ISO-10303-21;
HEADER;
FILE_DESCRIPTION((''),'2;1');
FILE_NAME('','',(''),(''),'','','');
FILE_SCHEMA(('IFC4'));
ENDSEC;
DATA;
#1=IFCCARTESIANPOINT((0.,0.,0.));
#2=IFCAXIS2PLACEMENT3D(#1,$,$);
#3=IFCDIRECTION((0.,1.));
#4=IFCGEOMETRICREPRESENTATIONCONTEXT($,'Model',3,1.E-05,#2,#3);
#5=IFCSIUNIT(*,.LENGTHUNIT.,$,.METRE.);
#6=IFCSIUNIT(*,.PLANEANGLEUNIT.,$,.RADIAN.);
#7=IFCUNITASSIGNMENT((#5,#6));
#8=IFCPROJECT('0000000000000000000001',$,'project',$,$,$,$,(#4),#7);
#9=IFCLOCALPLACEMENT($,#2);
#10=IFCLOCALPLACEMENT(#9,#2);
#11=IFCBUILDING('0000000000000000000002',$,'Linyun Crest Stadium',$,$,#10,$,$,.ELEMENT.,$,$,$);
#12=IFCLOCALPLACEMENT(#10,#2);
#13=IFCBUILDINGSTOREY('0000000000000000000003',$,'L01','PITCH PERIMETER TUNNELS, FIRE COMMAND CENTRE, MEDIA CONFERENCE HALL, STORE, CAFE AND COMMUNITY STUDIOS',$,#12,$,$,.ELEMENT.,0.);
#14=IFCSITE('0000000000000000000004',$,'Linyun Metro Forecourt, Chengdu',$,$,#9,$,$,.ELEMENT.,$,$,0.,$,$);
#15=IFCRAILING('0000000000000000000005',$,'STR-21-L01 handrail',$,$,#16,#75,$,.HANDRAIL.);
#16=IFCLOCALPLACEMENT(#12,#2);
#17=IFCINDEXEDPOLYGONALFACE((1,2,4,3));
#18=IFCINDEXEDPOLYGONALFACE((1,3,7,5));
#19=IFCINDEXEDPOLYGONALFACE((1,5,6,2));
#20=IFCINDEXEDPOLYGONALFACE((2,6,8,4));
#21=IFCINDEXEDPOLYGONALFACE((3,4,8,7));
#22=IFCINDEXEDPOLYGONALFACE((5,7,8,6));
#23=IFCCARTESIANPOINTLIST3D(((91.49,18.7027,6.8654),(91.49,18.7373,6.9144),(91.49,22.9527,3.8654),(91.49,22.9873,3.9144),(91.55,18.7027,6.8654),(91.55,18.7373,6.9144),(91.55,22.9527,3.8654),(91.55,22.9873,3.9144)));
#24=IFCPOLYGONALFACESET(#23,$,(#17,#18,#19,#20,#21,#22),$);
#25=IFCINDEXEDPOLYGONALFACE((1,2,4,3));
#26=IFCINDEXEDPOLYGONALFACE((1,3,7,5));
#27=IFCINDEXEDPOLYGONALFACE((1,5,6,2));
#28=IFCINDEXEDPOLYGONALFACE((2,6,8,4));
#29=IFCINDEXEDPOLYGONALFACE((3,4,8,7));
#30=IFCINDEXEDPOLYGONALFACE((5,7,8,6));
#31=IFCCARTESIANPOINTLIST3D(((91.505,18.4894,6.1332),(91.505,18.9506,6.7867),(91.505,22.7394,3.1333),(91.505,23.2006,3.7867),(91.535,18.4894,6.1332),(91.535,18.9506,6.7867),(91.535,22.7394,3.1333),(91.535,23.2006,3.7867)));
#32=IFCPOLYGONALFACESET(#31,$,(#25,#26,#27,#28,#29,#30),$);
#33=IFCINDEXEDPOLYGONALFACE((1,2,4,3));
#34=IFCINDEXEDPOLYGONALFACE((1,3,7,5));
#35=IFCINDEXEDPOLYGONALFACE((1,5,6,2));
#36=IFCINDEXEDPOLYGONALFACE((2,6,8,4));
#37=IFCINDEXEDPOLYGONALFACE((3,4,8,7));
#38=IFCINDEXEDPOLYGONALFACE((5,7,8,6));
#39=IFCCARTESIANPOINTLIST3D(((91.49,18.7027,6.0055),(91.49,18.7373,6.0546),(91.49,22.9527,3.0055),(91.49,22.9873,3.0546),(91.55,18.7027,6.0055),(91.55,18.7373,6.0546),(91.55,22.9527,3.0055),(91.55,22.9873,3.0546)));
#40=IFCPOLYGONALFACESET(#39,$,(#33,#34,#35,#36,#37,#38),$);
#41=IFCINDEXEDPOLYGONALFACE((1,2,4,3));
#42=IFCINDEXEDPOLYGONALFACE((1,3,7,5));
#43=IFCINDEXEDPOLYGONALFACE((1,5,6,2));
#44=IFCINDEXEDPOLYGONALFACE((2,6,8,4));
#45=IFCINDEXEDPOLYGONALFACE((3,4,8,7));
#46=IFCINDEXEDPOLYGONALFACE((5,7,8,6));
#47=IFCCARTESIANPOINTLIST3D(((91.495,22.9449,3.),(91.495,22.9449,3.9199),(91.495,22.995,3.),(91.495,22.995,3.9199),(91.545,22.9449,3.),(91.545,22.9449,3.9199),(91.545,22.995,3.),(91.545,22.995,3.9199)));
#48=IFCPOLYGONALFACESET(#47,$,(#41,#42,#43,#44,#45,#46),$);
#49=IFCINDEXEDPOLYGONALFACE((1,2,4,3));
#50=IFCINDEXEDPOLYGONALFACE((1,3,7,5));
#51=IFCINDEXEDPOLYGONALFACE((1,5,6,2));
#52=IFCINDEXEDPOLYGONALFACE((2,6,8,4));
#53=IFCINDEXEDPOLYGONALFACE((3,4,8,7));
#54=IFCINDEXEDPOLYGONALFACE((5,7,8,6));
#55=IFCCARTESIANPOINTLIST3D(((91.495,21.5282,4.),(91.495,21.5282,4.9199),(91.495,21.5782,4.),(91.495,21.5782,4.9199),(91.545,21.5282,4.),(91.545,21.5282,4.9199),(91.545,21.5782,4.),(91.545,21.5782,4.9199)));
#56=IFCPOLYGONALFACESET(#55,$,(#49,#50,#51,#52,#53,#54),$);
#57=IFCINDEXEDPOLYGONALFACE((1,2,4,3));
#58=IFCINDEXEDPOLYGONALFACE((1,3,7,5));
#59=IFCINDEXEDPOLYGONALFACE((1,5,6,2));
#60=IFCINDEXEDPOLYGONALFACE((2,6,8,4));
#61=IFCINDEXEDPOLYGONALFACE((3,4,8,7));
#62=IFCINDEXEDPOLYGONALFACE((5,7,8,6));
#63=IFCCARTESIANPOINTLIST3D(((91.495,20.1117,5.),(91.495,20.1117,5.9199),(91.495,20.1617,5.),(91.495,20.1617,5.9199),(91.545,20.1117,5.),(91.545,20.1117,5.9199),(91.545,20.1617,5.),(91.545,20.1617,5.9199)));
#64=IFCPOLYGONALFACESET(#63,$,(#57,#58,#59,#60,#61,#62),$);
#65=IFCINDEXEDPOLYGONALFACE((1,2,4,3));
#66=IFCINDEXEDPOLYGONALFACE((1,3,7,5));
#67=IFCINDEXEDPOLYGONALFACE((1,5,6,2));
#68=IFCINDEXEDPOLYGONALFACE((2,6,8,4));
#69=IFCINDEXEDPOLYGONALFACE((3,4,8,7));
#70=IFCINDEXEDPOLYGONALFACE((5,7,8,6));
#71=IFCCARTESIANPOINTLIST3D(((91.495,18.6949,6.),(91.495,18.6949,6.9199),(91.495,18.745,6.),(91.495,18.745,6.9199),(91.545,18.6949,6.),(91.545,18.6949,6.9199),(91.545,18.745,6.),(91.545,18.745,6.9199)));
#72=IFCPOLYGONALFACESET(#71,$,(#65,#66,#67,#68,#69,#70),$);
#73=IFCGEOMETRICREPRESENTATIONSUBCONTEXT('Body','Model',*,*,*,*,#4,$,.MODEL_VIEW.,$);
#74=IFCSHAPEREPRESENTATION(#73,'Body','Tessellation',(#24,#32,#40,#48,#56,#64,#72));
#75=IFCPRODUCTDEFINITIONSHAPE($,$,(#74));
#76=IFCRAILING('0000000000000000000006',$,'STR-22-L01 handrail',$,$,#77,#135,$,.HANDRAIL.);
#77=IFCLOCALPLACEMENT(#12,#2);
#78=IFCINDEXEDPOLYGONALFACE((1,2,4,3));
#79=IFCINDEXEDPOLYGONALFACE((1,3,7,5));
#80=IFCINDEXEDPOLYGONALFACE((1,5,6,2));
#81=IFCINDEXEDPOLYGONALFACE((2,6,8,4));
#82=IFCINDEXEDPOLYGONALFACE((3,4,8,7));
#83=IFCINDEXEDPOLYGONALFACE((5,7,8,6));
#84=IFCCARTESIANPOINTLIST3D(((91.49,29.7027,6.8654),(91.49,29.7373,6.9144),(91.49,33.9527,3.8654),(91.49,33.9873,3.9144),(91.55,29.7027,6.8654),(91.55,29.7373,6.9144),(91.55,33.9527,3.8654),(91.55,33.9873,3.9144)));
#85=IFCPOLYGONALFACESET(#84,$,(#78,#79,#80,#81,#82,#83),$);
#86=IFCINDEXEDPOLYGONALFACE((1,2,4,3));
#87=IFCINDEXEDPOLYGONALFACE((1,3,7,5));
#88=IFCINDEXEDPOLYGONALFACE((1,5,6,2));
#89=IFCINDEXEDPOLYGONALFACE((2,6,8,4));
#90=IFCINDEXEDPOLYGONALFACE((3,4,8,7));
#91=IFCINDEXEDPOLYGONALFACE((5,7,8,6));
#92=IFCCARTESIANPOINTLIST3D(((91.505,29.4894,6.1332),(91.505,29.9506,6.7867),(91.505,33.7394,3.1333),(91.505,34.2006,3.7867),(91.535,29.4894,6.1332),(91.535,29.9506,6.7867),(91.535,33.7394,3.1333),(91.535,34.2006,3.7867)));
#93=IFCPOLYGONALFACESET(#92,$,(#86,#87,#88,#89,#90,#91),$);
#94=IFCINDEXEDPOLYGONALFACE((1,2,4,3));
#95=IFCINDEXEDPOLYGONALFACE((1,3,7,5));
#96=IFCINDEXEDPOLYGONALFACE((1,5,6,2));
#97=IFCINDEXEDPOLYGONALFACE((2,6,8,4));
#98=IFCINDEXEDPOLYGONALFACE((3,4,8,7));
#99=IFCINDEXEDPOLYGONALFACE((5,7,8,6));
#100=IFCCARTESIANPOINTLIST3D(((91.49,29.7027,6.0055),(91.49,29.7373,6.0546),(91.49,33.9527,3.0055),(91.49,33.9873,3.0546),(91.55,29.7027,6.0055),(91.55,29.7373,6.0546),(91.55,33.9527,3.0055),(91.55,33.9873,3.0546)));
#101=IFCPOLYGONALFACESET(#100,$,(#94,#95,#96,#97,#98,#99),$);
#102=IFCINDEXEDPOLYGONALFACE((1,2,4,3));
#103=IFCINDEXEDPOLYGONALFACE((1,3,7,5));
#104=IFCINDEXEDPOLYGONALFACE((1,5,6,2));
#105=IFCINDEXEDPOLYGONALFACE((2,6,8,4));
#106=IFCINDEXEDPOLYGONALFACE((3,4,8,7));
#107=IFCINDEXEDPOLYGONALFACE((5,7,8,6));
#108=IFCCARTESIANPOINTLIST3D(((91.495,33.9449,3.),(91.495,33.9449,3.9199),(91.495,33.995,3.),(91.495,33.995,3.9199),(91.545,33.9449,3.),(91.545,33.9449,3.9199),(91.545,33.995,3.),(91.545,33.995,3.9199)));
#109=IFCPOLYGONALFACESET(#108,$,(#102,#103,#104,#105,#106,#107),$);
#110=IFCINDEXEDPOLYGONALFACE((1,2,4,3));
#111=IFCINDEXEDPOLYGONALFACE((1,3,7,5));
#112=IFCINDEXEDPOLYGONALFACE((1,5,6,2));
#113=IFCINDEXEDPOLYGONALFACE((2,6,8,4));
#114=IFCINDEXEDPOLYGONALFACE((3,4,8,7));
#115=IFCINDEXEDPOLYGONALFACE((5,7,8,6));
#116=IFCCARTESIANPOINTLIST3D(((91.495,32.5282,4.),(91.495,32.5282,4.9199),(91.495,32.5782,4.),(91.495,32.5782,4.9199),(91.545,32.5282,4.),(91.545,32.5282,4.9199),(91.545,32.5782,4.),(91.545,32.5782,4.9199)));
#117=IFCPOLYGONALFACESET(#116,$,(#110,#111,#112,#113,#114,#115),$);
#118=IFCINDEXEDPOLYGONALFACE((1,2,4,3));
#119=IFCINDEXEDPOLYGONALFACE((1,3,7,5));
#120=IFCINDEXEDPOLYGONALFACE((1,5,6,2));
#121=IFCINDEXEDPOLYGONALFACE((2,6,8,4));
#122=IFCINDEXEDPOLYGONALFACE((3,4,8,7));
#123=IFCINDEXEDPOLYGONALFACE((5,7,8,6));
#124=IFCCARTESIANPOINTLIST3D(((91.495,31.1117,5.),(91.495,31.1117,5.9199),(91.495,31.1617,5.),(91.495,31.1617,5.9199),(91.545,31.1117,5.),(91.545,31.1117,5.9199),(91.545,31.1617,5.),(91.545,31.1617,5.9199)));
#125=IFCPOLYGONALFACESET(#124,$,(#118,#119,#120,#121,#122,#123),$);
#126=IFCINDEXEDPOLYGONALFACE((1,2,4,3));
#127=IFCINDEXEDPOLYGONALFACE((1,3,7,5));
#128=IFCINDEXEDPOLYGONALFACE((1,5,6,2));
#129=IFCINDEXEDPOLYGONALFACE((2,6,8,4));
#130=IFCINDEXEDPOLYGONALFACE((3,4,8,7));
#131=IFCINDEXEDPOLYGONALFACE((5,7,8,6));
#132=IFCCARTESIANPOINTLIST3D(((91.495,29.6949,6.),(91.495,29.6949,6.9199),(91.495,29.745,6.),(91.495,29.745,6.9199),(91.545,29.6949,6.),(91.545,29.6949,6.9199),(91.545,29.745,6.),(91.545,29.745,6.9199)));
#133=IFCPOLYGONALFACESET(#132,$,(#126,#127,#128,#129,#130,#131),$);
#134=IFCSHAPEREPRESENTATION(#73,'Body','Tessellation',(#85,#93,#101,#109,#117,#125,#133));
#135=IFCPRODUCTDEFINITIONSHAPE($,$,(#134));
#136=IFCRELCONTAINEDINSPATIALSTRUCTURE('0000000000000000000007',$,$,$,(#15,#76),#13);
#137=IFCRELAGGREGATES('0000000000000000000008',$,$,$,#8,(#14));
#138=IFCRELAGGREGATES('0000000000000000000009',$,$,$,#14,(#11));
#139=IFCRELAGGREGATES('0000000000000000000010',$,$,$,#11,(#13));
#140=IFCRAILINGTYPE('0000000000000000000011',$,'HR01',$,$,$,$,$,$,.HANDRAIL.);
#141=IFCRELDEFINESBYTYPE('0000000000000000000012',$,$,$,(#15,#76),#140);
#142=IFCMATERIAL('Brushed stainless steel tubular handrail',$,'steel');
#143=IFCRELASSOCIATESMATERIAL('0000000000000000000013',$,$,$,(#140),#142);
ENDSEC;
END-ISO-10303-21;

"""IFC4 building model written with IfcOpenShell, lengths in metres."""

from ifc_helpers import new_model, si_unit, direction, frame, origin, origin_2d, place, context, subcontext, project, spatial, rectangle, extrude, material, type_object, element, save


model = new_model("IFC4")

# Units and contexts
model_context = context("Model", 3, precision=1e-05, world=origin(), true_north=direction((0.0, 1.0)))
body_context = subcontext(model_context, "Body", "Model", "MODEL_VIEW")
ifc_project = project(units=[si_unit("LENGTHUNIT", "METRE"), si_unit("PLANEANGLEUNIT", "RADIAN")], contexts=[model_context])

# Site, building, storey
site_placement = place(None, origin())
site = spatial("IfcSite", under=ifc_project, at=site_placement, Name="Linyun Metro Forecourt, Chengdu", CompositionType="ELEMENT", RefElevation=0.0)
building_placement = place(site_placement, origin())
building = spatial("IfcBuilding", under=site, at=building_placement, Name="Linyun Crest Stadium", CompositionType="ELEMENT")
storey_placement = place(building_placement, origin())
storey = spatial("IfcBuildingStorey", under=building, at=storey_placement, Name="L01", Description="PITCH PERIMETER TUNNELS, FIRE COMMAND CENTRE, MEDIA CONFERENCE HALL, STORE, CAFE AND COMMUNITY STUDIOS", CompositionType="ELEMENT", Elevation=0.0)

# Railings
ifc_material_1 = material(Name="Brushed stainless steel tubular handrail", Category="steel")
railing_type_1 = type_object("IfcRailingType", Name="HR01", PredefinedType="HANDRAIL", material=ifc_material_1)
for number, where, name in (
    (1, (91.52, 22.97, 3.0), "STR-21-L01 handrail"),
    (2, (91.52, 33.97, 3.0), "STR-22-L01 handrail"),
):
    element("IfcRailing", number, at=place(storey_placement, frame(where)), inside=storey, type_object=railing_type_1, Name=name, PredefinedType="HANDRAIL", context=body_context, shape_type="SweptSolid", body=[
        extrude(rectangle(XDim=0.0601, YDim=0.0601, at=origin_2d()), frame((0.0, 0.0, 0.8899), z_axis=(0.0, -0.816968, 0.576683), x_axis=(1.0, 0.0, 0.0)), (0.0, 0.0, 1.0), 5.2021),
        extrude(rectangle(XDim=0.03, YDim=0.7998, at=origin_2d()), frame((0.0, 0.0, 0.46), z_axis=(0.0, -0.816968, 0.576683), x_axis=(1.0, 0.0, 0.0)), (0.0, 0.0, 1.0), 5.2021),
        extrude(rectangle(XDim=0.0601, YDim=0.0601, at=origin_2d()), frame((0.0, 0.0, 0.03), z_axis=(0.0, -0.816968, 0.576683), x_axis=(1.0, 0.0, 0.0)), (0.0, 0.0, 1.0), 5.2021),
        extrude(rectangle(XDim=0.05, YDim=0.05, at=origin_2d()), origin(), (0.0, 0.0, 1.0), 0.9199),
        extrude(rectangle(XDim=0.05, YDim=0.05, at=origin_2d()), frame((0.0, -1.4167, 1.0)), (0.0, 0.0, 1.0), 0.9199),
        extrude(rectangle(XDim=0.05, YDim=0.05, at=origin_2d()), frame((0.0, -2.8333, 2.0)), (0.0, 0.0, 1.0), 0.9199),
        extrude(rectangle(XDim=0.05, YDim=0.05, at=origin_2d()), frame((0.0, -4.25, 3.0)), (0.0, 0.0, 1.0), 0.9199),
    ])

save(model, "model.ifc")
